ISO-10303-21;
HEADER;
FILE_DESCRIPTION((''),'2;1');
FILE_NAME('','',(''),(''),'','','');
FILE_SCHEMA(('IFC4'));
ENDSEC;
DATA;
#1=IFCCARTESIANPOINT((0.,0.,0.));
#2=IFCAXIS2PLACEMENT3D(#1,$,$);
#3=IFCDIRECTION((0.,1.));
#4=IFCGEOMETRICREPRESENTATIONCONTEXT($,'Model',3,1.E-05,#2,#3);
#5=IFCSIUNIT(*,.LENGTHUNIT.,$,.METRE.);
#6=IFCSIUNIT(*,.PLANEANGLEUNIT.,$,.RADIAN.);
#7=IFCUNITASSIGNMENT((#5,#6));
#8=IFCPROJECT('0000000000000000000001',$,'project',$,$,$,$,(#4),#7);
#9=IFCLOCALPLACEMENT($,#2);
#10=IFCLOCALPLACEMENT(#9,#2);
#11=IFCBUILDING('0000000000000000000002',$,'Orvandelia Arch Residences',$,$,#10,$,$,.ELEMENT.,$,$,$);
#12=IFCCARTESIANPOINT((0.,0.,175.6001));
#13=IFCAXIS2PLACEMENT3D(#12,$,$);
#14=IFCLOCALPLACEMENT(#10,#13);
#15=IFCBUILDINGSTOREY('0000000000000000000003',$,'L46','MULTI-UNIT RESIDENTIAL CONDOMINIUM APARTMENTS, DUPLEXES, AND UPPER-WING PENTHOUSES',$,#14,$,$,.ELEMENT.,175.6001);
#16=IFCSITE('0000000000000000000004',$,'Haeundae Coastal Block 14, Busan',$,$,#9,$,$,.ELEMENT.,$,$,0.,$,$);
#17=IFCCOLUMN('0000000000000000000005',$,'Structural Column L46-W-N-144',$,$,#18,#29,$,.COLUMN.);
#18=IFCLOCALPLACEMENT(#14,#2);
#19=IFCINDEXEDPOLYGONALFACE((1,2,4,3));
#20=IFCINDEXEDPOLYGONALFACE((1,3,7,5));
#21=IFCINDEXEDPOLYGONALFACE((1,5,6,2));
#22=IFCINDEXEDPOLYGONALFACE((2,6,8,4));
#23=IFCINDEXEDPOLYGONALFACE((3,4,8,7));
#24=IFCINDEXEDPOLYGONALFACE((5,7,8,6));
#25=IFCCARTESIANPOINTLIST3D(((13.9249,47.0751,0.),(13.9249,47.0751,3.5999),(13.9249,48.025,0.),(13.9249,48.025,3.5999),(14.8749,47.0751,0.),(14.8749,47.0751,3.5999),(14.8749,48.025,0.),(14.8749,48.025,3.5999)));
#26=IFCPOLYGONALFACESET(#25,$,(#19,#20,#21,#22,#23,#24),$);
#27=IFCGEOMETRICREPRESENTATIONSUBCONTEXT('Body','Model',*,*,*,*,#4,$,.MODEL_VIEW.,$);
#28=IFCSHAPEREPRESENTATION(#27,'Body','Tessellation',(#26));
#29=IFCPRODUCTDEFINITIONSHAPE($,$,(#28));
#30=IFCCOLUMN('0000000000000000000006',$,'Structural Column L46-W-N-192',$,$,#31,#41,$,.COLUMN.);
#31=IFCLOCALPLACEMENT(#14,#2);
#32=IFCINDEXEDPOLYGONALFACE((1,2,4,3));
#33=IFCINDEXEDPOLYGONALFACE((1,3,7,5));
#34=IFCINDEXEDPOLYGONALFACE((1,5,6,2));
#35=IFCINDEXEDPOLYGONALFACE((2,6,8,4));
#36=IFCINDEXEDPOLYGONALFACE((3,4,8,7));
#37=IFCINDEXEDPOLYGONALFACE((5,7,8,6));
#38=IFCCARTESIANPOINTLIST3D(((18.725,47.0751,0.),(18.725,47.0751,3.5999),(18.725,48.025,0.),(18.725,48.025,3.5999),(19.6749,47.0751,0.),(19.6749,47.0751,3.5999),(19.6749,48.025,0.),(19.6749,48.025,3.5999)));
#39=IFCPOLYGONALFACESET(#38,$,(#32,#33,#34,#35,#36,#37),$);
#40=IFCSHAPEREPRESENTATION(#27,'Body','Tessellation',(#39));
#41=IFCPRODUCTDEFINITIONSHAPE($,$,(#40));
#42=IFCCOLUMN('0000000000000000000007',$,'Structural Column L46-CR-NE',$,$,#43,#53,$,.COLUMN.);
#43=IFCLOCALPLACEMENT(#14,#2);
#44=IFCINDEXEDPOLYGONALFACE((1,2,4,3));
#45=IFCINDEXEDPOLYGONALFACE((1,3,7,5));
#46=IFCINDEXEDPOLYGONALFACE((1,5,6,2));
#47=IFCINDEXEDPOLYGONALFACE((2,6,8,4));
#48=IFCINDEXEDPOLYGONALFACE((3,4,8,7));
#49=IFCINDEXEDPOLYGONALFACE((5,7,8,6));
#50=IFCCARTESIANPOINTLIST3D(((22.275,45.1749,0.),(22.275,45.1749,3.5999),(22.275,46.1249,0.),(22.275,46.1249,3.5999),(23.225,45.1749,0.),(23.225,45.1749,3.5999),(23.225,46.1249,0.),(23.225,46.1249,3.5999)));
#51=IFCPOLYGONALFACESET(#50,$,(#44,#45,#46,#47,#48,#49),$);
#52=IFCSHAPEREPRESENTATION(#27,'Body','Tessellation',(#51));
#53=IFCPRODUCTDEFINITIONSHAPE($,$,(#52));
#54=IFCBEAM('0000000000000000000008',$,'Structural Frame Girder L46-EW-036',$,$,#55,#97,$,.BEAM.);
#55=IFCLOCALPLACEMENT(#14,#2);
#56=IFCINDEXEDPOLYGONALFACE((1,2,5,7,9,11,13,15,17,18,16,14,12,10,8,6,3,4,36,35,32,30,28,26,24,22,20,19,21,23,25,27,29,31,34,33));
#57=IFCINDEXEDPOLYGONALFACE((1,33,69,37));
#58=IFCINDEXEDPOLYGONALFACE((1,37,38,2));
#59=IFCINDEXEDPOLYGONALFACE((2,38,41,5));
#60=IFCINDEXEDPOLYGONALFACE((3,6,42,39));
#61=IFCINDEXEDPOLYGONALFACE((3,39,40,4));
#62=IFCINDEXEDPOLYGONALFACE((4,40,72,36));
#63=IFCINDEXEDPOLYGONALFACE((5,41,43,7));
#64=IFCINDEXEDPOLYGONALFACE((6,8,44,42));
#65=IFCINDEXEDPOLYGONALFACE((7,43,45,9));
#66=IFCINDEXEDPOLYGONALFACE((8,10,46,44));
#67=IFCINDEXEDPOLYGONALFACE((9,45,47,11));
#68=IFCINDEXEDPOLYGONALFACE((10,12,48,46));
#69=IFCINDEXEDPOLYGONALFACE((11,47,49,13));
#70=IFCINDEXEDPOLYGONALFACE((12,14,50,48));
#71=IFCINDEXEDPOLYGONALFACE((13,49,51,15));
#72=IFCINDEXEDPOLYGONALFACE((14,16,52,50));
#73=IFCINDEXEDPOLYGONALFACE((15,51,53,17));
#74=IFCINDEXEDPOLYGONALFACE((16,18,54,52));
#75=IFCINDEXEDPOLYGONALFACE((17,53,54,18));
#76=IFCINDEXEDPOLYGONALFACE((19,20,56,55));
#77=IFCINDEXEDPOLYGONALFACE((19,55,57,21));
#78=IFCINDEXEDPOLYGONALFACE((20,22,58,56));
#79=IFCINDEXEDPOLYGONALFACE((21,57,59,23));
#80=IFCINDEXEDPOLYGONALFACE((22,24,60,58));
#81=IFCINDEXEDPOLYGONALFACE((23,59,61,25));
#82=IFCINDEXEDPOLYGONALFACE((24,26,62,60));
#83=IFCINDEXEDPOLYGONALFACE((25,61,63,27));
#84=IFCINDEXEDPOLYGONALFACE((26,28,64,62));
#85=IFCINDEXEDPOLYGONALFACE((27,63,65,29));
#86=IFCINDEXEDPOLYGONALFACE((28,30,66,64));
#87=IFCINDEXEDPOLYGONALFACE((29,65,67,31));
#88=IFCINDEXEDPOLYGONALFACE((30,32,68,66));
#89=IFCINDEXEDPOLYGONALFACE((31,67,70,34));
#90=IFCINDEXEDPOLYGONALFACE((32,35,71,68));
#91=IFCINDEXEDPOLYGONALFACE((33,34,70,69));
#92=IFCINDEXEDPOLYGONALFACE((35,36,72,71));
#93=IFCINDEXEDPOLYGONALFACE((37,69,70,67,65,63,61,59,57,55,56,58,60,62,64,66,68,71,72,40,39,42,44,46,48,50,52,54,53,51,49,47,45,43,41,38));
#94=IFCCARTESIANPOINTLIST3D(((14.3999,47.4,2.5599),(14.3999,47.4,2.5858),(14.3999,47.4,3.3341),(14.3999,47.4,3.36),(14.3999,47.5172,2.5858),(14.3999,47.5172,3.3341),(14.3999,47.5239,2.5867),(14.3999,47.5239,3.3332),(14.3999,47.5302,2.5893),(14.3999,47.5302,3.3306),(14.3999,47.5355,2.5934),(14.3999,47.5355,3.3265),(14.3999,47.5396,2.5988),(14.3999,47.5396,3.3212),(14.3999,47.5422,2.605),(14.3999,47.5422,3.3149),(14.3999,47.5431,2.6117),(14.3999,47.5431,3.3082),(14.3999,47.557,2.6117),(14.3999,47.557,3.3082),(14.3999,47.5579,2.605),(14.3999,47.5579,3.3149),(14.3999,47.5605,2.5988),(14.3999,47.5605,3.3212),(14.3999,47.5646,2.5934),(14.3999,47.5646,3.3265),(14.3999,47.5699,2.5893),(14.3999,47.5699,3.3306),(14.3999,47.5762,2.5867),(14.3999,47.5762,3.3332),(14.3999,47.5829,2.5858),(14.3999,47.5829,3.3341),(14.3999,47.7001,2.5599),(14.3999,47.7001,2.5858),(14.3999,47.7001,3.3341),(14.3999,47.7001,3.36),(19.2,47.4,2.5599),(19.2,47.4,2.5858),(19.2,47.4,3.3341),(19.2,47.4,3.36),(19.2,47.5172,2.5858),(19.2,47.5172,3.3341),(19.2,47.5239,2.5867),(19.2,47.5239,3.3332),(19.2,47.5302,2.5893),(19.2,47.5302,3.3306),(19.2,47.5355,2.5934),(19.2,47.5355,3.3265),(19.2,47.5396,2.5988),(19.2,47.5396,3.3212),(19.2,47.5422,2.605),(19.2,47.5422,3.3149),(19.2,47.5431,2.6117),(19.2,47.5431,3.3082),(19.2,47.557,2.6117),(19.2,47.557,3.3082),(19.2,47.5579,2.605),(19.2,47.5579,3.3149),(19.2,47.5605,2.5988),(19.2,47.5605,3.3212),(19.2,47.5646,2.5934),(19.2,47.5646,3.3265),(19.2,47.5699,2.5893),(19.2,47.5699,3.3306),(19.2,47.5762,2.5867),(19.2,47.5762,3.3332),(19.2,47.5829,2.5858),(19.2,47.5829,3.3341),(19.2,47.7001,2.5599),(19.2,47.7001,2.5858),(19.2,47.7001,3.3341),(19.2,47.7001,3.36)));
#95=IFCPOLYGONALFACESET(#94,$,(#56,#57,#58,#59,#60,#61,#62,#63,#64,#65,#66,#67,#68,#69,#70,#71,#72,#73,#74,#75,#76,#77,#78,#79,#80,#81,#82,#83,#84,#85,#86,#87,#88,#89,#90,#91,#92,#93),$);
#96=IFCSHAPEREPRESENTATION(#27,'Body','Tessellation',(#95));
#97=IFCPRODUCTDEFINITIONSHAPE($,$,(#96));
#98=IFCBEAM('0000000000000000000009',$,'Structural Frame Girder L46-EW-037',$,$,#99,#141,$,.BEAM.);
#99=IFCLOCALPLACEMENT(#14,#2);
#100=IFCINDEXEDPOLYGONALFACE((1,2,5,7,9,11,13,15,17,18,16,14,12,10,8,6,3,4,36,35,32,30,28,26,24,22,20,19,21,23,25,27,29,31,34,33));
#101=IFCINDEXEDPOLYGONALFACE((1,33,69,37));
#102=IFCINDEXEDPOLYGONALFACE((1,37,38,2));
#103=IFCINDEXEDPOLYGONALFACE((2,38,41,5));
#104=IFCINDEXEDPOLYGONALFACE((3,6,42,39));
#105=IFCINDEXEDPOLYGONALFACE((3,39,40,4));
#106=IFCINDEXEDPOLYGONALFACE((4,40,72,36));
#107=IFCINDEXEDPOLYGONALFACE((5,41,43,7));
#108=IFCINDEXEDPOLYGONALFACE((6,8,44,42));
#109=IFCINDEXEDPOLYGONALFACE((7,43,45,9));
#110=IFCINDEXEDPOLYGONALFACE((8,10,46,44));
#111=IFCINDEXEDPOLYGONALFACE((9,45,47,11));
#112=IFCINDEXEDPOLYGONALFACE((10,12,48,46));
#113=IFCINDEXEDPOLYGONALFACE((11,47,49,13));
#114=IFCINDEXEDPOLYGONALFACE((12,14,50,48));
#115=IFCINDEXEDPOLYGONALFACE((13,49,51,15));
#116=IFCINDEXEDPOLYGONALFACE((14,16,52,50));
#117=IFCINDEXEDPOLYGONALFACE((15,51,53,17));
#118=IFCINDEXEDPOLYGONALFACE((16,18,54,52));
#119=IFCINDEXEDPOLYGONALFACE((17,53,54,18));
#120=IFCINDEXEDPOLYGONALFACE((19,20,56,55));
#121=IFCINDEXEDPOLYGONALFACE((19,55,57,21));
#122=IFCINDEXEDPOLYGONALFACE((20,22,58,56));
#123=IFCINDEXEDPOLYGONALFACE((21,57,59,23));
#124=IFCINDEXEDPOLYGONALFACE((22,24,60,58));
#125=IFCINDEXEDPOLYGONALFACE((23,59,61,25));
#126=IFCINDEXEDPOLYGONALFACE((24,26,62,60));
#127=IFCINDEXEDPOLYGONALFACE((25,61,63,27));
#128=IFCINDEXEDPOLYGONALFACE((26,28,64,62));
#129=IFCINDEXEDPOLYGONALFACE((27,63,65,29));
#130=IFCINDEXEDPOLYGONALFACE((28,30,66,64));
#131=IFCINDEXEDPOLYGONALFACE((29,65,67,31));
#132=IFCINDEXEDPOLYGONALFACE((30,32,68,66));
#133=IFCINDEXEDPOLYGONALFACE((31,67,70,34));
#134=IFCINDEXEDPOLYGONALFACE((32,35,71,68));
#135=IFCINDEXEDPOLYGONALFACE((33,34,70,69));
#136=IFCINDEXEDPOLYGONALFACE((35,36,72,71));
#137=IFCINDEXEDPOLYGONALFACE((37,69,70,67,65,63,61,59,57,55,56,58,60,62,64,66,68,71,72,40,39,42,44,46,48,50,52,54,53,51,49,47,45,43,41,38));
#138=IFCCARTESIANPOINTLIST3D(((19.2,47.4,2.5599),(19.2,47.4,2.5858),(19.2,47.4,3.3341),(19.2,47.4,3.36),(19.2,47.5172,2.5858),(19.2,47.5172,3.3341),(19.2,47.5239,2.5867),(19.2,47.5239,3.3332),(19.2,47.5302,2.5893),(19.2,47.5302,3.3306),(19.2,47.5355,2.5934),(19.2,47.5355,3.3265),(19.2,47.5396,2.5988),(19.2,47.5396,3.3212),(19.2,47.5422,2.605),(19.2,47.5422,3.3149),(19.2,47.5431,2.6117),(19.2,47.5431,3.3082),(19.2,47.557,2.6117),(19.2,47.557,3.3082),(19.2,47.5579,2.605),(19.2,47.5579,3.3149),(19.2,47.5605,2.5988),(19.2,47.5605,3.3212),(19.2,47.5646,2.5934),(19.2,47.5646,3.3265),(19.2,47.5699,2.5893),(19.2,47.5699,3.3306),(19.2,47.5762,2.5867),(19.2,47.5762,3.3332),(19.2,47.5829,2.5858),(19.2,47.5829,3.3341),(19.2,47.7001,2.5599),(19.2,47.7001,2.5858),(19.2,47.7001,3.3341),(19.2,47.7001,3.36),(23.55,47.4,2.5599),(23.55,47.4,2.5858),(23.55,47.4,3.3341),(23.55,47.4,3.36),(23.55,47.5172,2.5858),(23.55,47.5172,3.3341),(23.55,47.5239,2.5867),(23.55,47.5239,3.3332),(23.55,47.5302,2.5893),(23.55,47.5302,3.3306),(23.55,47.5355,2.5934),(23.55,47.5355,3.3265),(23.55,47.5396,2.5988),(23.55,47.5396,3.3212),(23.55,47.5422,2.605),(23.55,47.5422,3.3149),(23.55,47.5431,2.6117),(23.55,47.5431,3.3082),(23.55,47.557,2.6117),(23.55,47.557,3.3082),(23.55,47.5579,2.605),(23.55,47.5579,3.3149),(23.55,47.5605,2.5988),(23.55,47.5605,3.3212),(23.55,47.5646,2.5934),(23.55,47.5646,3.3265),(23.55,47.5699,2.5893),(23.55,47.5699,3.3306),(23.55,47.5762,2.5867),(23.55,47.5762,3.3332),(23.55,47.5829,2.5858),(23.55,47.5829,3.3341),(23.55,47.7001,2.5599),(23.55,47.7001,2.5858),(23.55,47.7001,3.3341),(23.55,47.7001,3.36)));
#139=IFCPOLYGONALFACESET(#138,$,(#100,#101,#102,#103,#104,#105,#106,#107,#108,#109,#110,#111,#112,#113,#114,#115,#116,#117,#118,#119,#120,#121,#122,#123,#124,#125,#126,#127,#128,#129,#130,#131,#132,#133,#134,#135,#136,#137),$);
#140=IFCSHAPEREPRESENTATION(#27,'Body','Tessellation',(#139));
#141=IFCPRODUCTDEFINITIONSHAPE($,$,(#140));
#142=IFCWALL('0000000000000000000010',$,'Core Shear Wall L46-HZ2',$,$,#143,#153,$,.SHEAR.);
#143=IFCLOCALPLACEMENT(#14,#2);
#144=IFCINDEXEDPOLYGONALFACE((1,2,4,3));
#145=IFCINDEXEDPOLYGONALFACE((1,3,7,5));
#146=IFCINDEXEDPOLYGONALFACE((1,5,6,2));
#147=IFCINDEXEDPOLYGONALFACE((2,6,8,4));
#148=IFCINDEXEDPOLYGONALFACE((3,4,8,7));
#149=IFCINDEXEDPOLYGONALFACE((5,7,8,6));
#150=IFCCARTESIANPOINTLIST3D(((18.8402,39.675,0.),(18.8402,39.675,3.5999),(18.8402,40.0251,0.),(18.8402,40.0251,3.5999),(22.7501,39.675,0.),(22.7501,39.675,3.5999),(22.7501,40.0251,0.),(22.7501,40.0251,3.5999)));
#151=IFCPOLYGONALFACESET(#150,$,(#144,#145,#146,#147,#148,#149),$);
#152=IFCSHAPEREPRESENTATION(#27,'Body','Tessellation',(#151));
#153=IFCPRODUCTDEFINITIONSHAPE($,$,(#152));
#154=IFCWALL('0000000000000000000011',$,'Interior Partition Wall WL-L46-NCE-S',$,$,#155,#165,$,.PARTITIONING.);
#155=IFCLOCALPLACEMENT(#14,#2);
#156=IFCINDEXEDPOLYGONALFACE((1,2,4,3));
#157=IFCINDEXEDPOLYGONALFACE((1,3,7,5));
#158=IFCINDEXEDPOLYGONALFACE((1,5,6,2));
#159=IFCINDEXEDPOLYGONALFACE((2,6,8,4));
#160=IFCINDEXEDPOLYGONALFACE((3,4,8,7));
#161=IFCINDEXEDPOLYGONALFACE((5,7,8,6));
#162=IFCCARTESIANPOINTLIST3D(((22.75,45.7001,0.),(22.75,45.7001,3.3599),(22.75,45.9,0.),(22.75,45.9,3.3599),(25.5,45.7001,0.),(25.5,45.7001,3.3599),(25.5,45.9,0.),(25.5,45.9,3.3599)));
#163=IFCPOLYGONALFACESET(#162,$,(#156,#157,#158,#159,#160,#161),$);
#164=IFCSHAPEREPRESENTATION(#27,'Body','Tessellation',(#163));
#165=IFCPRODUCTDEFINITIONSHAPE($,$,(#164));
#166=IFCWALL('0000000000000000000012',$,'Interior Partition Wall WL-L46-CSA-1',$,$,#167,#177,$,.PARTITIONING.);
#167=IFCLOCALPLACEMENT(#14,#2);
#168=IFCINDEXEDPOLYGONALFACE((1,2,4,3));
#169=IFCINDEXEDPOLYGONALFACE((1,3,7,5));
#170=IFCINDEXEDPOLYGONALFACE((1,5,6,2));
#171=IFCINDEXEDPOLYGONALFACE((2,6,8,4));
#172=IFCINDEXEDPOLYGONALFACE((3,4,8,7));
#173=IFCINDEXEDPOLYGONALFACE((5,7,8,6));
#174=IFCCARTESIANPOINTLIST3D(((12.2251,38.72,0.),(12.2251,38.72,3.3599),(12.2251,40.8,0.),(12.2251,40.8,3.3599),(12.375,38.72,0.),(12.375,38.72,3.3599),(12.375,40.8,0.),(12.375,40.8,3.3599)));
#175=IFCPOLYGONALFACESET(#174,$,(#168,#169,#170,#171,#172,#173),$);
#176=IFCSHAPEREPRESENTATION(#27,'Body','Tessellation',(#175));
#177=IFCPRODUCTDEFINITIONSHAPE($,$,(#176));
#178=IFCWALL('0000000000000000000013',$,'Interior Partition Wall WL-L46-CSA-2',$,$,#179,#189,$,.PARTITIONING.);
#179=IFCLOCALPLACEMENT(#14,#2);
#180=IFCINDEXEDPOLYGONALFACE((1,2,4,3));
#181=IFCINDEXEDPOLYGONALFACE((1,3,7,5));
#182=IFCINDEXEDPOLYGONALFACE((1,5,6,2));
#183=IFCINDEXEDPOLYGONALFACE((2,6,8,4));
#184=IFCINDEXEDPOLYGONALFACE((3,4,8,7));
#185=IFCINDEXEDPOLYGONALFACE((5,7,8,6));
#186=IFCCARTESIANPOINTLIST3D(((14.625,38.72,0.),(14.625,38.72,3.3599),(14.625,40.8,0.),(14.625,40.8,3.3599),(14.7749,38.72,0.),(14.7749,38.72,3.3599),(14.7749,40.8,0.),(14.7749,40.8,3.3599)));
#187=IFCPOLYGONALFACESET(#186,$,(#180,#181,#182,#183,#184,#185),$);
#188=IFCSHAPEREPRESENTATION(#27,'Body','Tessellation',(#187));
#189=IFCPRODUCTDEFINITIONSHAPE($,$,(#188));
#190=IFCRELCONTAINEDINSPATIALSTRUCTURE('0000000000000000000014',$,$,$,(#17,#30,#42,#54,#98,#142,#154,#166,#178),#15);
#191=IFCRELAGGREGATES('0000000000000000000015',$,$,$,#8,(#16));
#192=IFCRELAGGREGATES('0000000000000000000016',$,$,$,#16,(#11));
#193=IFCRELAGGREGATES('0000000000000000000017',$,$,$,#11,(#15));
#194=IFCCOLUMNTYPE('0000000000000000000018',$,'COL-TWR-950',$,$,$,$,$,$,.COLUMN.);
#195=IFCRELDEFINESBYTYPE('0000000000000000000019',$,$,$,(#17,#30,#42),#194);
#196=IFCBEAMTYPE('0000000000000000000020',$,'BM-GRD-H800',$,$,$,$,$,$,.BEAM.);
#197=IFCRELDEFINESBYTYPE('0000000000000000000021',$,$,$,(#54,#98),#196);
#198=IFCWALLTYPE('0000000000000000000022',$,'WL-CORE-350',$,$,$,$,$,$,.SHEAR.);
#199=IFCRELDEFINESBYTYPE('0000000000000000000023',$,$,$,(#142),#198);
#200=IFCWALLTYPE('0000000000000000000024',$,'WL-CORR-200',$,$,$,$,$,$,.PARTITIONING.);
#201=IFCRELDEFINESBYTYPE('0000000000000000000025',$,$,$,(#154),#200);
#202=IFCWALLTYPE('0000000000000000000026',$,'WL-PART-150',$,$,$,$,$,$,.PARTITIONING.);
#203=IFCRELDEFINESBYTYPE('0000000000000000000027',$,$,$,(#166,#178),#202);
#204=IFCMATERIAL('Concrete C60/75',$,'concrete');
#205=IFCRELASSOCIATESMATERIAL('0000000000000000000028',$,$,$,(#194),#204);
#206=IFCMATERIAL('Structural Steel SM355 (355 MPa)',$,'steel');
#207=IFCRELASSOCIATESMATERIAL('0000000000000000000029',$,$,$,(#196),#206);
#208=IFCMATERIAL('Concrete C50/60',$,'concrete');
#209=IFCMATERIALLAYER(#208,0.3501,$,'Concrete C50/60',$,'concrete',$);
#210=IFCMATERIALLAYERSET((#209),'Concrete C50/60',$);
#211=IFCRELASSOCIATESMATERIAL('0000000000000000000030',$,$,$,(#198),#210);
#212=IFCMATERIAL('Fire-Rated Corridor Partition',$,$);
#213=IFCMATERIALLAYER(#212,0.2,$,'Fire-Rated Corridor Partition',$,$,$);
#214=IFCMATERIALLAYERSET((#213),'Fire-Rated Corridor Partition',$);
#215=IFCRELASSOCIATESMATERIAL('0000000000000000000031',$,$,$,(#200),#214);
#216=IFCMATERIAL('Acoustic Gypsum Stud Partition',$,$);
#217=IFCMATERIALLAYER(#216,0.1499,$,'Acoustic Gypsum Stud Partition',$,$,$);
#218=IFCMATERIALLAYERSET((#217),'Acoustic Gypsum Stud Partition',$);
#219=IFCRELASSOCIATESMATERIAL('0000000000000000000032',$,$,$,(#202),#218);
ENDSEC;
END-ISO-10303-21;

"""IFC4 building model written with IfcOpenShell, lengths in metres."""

from ifc_helpers import new_model, si_unit, direction, frame, frame_2d, origin, origin_2d, place, context, subcontext, project, spatial, rectangle, i_section, extrude, material, layer, layer_set, material_profile, profile_set, type_object, element, save


model = new_model("IFC4")

# Units and contexts
model_context = context("Model", 3, precision=1e-05, world=origin(), true_north=direction((0.0, 1.0)))
body_context = subcontext(model_context, "Body", "Model", "MODEL_VIEW")
ifc_project = project(units=[si_unit("LENGTHUNIT", "METRE"), si_unit("PLANEANGLEUNIT", "RADIAN")], contexts=[model_context])

# Site, building, storey
site_placement = place(None, origin())
site = spatial("IfcSite", under=ifc_project, at=site_placement, Name="Haeundae Coastal Block 14, Busan", CompositionType="ELEMENT", RefElevation=0.0)
building_placement = place(site_placement, origin())
building = spatial("IfcBuilding", under=site, at=building_placement, Name="Orvandelia Arch Residences", CompositionType="ELEMENT")
storey_placement = place(building_placement, frame((0.0, 0.0, 175.6001)))
storey = spatial("IfcBuildingStorey", under=building, at=storey_placement, Name="L46", Description="MULTI-UNIT RESIDENTIAL CONDOMINIUM APARTMENTS, DUPLEXES, AND UPPER-WING PENTHOUSES", CompositionType="ELEMENT", Elevation=175.6001)

# Columns
ifc_material_1 = material(Name="Concrete C60/75", Category="concrete")
ifc_material_profile_1 = material_profile(ifc_material_1, rectangle(XDim=0.95, YDim=0.95, at=origin_2d()), Name="Concrete C60/75", Category="concrete")
ifc_profile_set_1 = profile_set([ifc_material_profile_1], Name="Concrete C60/75")
column_type = type_object("IfcColumnType", Name="COL-TWR-950", PredefinedType="COLUMN", material=ifc_profile_set_1)
for number, where, z_axis, x_axis, name in (
    (1, (14.3999, 47.55, 0.0), (0.0, 0.0, 1.0), (1.0, 0.0, 0.0), "Structural Column L46-W-N-144"),
    (2, (19.2, 47.55, 0.0), (0.0, 0.0, 1.0), (1.0, 0.0, 0.0), "Structural Column L46-W-N-192"),
    (3, (22.75, 45.6499, 0.0), (0.0, 0.0, 1.0), (1.0, 0.0, 0.0), "Structural Column L46-CR-NE"),
):
    element("IfcColumn", number, at=place(storey_placement, frame(where, z_axis=z_axis, x_axis=x_axis)), inside=storey, type_object=column_type, Name=name, PredefinedType="COLUMN", context=body_context, shape_type="SweptSolid", body=[
        extrude(rectangle(XDim=0.95, YDim=0.95, at=origin_2d()), origin(), (0.0, 0.0, 1.0), 3.5999),
    ])

# Beams
ifc_material_2 = material(Name="Structural Steel SM355 (355 MPa)", Category="steel")
ifc_material_profile_2 = material_profile(ifc_material_2, i_section(OverallWidth=0.3, OverallDepth=0.8, WebThickness=0.0139, FlangeThickness=0.0259, FilletRadius=0.0259, at=origin_2d()), Name="Structural Steel SM355 (355 MPa)", Category="steel")
ifc_profile_set_2 = profile_set([ifc_material_profile_2], Name="Structural Steel SM355 (355 MPa)")
beam_type = type_object("IfcBeamType", Name="BM-GRD-H800", PredefinedType="BEAM", material=ifc_profile_set_2)
beam_1_placement = place(storey_placement, frame((14.3999, 47.55, 2.96), z_axis=(1.0, 0.0, 0.0), x_axis=(0.0, 1.0, 0.0)))
element("IfcBeam", 4, at=beam_1_placement, inside=storey, type_object=beam_type, Name="Structural Frame Girder L46-EW-036", PredefinedType="BEAM", context=body_context, shape_type="SweptSolid", body=[
    extrude(i_section(OverallWidth=0.3, OverallDepth=0.8, WebThickness=0.0139, FlangeThickness=0.0259, FilletRadius=0.0259, at=origin_2d()), origin(), (0.0, 0.0, 1.0), 4.8),
])
beam_2_placement = place(storey_placement, frame((19.2, 47.55, 2.96), z_axis=(1.0, 0.0, 0.0), x_axis=(0.0, 1.0, 0.0)))
element("IfcBeam", 5, at=beam_2_placement, inside=storey, type_object=beam_type, Name="Structural Frame Girder L46-EW-037", PredefinedType="BEAM", context=body_context, shape_type="SweptSolid", body=[
    extrude(i_section(OverallWidth=0.3, OverallDepth=0.8, WebThickness=0.0139, FlangeThickness=0.0259, FilletRadius=0.0259, at=origin_2d()), origin(), (0.0, 0.0, 1.0), 4.3501),
])

# Walls
ifc_material_3 = material(Name="Concrete C50/60", Category="concrete")
ifc_layer_1 = layer(ifc_material_3, 0.3501, Name="Concrete C50/60", Category="concrete")
ifc_layer_set_1 = layer_set([ifc_layer_1], Name="Concrete C50/60")
wall_type_1 = type_object("IfcWallType", Name="WL-CORE-350", PredefinedType="SHEAR", material=ifc_layer_set_1)
wall_1_placement = place(storey_placement, frame((18.8401, 39.8501, 0.0), z_axis=(0.0, 0.0, 1.0), x_axis=(1.0, 0.0, 0.0)))
element("IfcWall", 6, at=wall_1_placement, inside=storey, type_object=wall_type_1, Name="Core Shear Wall L46-HZ2", PredefinedType="SHEAR", context=body_context, shape_type="SweptSolid", body=[
    extrude(rectangle(XDim=3.9099, YDim=0.3501, at=frame_2d((1.9551, 0.0))), origin(), (0.0, 0.0, 1.0), 3.5999),
])
ifc_material_4 = material(Name="Fire-Rated Corridor Partition")
ifc_layer_2 = layer(ifc_material_4, 0.2, Name="Fire-Rated Corridor Partition")
ifc_layer_set_2 = layer_set([ifc_layer_2], Name="Fire-Rated Corridor Partition")
wall_type_2 = type_object("IfcWallType", Name="WL-CORR-200", PredefinedType="PARTITIONING", material=ifc_layer_set_2)
wall_2_placement = place(storey_placement, frame((22.75, 45.8, 0.0), z_axis=(0.0, 0.0, 1.0), x_axis=(1.0, 0.0, 0.0)))
element("IfcWall", 7, at=wall_2_placement, inside=storey, type_object=wall_type_2, Name="Interior Partition Wall WL-L46-NCE-S", PredefinedType="PARTITIONING", context=body_context, shape_type="SweptSolid", body=[
    extrude(rectangle(XDim=2.75, YDim=0.2, at=frame_2d((1.375, 0.0))), origin(), (0.0, 0.0, 1.0), 3.3599),
])
ifc_material_5 = material(Name="Acoustic Gypsum Stud Partition")
ifc_layer_3 = layer(ifc_material_5, 0.1499, Name="Acoustic Gypsum Stud Partition")
ifc_layer_set_3 = layer_set([ifc_layer_3], Name="Acoustic Gypsum Stud Partition")
wall_type_3 = type_object("IfcWallType", Name="WL-PART-150", PredefinedType="PARTITIONING", material=ifc_layer_set_3)
for number, where, z_axis, x_axis, name in (
    (8, (12.3, 38.72, 0.0), (0.0, 0.0, 1.0), (0.0, 1.0, 0.0), "Interior Partition Wall WL-L46-CSA-1"),
    (9, (14.7, 38.72, 0.0), (0.0, 0.0, 1.0), (0.0, 1.0, 0.0), "Interior Partition Wall WL-L46-CSA-2"),
):
    element("IfcWall", number, at=place(storey_placement, frame(where, z_axis=z_axis, x_axis=x_axis)), inside=storey, type_object=wall_type_3, Name=name, PredefinedType="PARTITIONING", context=body_context, shape_type="SweptSolid", body=[
        extrude(rectangle(XDim=2.0801, YDim=0.1499, at=frame_2d((1.04, 0.0))), origin(), (0.0, 0.0, 1.0), 3.3599),
    ])

save(model, "model.ifc")
